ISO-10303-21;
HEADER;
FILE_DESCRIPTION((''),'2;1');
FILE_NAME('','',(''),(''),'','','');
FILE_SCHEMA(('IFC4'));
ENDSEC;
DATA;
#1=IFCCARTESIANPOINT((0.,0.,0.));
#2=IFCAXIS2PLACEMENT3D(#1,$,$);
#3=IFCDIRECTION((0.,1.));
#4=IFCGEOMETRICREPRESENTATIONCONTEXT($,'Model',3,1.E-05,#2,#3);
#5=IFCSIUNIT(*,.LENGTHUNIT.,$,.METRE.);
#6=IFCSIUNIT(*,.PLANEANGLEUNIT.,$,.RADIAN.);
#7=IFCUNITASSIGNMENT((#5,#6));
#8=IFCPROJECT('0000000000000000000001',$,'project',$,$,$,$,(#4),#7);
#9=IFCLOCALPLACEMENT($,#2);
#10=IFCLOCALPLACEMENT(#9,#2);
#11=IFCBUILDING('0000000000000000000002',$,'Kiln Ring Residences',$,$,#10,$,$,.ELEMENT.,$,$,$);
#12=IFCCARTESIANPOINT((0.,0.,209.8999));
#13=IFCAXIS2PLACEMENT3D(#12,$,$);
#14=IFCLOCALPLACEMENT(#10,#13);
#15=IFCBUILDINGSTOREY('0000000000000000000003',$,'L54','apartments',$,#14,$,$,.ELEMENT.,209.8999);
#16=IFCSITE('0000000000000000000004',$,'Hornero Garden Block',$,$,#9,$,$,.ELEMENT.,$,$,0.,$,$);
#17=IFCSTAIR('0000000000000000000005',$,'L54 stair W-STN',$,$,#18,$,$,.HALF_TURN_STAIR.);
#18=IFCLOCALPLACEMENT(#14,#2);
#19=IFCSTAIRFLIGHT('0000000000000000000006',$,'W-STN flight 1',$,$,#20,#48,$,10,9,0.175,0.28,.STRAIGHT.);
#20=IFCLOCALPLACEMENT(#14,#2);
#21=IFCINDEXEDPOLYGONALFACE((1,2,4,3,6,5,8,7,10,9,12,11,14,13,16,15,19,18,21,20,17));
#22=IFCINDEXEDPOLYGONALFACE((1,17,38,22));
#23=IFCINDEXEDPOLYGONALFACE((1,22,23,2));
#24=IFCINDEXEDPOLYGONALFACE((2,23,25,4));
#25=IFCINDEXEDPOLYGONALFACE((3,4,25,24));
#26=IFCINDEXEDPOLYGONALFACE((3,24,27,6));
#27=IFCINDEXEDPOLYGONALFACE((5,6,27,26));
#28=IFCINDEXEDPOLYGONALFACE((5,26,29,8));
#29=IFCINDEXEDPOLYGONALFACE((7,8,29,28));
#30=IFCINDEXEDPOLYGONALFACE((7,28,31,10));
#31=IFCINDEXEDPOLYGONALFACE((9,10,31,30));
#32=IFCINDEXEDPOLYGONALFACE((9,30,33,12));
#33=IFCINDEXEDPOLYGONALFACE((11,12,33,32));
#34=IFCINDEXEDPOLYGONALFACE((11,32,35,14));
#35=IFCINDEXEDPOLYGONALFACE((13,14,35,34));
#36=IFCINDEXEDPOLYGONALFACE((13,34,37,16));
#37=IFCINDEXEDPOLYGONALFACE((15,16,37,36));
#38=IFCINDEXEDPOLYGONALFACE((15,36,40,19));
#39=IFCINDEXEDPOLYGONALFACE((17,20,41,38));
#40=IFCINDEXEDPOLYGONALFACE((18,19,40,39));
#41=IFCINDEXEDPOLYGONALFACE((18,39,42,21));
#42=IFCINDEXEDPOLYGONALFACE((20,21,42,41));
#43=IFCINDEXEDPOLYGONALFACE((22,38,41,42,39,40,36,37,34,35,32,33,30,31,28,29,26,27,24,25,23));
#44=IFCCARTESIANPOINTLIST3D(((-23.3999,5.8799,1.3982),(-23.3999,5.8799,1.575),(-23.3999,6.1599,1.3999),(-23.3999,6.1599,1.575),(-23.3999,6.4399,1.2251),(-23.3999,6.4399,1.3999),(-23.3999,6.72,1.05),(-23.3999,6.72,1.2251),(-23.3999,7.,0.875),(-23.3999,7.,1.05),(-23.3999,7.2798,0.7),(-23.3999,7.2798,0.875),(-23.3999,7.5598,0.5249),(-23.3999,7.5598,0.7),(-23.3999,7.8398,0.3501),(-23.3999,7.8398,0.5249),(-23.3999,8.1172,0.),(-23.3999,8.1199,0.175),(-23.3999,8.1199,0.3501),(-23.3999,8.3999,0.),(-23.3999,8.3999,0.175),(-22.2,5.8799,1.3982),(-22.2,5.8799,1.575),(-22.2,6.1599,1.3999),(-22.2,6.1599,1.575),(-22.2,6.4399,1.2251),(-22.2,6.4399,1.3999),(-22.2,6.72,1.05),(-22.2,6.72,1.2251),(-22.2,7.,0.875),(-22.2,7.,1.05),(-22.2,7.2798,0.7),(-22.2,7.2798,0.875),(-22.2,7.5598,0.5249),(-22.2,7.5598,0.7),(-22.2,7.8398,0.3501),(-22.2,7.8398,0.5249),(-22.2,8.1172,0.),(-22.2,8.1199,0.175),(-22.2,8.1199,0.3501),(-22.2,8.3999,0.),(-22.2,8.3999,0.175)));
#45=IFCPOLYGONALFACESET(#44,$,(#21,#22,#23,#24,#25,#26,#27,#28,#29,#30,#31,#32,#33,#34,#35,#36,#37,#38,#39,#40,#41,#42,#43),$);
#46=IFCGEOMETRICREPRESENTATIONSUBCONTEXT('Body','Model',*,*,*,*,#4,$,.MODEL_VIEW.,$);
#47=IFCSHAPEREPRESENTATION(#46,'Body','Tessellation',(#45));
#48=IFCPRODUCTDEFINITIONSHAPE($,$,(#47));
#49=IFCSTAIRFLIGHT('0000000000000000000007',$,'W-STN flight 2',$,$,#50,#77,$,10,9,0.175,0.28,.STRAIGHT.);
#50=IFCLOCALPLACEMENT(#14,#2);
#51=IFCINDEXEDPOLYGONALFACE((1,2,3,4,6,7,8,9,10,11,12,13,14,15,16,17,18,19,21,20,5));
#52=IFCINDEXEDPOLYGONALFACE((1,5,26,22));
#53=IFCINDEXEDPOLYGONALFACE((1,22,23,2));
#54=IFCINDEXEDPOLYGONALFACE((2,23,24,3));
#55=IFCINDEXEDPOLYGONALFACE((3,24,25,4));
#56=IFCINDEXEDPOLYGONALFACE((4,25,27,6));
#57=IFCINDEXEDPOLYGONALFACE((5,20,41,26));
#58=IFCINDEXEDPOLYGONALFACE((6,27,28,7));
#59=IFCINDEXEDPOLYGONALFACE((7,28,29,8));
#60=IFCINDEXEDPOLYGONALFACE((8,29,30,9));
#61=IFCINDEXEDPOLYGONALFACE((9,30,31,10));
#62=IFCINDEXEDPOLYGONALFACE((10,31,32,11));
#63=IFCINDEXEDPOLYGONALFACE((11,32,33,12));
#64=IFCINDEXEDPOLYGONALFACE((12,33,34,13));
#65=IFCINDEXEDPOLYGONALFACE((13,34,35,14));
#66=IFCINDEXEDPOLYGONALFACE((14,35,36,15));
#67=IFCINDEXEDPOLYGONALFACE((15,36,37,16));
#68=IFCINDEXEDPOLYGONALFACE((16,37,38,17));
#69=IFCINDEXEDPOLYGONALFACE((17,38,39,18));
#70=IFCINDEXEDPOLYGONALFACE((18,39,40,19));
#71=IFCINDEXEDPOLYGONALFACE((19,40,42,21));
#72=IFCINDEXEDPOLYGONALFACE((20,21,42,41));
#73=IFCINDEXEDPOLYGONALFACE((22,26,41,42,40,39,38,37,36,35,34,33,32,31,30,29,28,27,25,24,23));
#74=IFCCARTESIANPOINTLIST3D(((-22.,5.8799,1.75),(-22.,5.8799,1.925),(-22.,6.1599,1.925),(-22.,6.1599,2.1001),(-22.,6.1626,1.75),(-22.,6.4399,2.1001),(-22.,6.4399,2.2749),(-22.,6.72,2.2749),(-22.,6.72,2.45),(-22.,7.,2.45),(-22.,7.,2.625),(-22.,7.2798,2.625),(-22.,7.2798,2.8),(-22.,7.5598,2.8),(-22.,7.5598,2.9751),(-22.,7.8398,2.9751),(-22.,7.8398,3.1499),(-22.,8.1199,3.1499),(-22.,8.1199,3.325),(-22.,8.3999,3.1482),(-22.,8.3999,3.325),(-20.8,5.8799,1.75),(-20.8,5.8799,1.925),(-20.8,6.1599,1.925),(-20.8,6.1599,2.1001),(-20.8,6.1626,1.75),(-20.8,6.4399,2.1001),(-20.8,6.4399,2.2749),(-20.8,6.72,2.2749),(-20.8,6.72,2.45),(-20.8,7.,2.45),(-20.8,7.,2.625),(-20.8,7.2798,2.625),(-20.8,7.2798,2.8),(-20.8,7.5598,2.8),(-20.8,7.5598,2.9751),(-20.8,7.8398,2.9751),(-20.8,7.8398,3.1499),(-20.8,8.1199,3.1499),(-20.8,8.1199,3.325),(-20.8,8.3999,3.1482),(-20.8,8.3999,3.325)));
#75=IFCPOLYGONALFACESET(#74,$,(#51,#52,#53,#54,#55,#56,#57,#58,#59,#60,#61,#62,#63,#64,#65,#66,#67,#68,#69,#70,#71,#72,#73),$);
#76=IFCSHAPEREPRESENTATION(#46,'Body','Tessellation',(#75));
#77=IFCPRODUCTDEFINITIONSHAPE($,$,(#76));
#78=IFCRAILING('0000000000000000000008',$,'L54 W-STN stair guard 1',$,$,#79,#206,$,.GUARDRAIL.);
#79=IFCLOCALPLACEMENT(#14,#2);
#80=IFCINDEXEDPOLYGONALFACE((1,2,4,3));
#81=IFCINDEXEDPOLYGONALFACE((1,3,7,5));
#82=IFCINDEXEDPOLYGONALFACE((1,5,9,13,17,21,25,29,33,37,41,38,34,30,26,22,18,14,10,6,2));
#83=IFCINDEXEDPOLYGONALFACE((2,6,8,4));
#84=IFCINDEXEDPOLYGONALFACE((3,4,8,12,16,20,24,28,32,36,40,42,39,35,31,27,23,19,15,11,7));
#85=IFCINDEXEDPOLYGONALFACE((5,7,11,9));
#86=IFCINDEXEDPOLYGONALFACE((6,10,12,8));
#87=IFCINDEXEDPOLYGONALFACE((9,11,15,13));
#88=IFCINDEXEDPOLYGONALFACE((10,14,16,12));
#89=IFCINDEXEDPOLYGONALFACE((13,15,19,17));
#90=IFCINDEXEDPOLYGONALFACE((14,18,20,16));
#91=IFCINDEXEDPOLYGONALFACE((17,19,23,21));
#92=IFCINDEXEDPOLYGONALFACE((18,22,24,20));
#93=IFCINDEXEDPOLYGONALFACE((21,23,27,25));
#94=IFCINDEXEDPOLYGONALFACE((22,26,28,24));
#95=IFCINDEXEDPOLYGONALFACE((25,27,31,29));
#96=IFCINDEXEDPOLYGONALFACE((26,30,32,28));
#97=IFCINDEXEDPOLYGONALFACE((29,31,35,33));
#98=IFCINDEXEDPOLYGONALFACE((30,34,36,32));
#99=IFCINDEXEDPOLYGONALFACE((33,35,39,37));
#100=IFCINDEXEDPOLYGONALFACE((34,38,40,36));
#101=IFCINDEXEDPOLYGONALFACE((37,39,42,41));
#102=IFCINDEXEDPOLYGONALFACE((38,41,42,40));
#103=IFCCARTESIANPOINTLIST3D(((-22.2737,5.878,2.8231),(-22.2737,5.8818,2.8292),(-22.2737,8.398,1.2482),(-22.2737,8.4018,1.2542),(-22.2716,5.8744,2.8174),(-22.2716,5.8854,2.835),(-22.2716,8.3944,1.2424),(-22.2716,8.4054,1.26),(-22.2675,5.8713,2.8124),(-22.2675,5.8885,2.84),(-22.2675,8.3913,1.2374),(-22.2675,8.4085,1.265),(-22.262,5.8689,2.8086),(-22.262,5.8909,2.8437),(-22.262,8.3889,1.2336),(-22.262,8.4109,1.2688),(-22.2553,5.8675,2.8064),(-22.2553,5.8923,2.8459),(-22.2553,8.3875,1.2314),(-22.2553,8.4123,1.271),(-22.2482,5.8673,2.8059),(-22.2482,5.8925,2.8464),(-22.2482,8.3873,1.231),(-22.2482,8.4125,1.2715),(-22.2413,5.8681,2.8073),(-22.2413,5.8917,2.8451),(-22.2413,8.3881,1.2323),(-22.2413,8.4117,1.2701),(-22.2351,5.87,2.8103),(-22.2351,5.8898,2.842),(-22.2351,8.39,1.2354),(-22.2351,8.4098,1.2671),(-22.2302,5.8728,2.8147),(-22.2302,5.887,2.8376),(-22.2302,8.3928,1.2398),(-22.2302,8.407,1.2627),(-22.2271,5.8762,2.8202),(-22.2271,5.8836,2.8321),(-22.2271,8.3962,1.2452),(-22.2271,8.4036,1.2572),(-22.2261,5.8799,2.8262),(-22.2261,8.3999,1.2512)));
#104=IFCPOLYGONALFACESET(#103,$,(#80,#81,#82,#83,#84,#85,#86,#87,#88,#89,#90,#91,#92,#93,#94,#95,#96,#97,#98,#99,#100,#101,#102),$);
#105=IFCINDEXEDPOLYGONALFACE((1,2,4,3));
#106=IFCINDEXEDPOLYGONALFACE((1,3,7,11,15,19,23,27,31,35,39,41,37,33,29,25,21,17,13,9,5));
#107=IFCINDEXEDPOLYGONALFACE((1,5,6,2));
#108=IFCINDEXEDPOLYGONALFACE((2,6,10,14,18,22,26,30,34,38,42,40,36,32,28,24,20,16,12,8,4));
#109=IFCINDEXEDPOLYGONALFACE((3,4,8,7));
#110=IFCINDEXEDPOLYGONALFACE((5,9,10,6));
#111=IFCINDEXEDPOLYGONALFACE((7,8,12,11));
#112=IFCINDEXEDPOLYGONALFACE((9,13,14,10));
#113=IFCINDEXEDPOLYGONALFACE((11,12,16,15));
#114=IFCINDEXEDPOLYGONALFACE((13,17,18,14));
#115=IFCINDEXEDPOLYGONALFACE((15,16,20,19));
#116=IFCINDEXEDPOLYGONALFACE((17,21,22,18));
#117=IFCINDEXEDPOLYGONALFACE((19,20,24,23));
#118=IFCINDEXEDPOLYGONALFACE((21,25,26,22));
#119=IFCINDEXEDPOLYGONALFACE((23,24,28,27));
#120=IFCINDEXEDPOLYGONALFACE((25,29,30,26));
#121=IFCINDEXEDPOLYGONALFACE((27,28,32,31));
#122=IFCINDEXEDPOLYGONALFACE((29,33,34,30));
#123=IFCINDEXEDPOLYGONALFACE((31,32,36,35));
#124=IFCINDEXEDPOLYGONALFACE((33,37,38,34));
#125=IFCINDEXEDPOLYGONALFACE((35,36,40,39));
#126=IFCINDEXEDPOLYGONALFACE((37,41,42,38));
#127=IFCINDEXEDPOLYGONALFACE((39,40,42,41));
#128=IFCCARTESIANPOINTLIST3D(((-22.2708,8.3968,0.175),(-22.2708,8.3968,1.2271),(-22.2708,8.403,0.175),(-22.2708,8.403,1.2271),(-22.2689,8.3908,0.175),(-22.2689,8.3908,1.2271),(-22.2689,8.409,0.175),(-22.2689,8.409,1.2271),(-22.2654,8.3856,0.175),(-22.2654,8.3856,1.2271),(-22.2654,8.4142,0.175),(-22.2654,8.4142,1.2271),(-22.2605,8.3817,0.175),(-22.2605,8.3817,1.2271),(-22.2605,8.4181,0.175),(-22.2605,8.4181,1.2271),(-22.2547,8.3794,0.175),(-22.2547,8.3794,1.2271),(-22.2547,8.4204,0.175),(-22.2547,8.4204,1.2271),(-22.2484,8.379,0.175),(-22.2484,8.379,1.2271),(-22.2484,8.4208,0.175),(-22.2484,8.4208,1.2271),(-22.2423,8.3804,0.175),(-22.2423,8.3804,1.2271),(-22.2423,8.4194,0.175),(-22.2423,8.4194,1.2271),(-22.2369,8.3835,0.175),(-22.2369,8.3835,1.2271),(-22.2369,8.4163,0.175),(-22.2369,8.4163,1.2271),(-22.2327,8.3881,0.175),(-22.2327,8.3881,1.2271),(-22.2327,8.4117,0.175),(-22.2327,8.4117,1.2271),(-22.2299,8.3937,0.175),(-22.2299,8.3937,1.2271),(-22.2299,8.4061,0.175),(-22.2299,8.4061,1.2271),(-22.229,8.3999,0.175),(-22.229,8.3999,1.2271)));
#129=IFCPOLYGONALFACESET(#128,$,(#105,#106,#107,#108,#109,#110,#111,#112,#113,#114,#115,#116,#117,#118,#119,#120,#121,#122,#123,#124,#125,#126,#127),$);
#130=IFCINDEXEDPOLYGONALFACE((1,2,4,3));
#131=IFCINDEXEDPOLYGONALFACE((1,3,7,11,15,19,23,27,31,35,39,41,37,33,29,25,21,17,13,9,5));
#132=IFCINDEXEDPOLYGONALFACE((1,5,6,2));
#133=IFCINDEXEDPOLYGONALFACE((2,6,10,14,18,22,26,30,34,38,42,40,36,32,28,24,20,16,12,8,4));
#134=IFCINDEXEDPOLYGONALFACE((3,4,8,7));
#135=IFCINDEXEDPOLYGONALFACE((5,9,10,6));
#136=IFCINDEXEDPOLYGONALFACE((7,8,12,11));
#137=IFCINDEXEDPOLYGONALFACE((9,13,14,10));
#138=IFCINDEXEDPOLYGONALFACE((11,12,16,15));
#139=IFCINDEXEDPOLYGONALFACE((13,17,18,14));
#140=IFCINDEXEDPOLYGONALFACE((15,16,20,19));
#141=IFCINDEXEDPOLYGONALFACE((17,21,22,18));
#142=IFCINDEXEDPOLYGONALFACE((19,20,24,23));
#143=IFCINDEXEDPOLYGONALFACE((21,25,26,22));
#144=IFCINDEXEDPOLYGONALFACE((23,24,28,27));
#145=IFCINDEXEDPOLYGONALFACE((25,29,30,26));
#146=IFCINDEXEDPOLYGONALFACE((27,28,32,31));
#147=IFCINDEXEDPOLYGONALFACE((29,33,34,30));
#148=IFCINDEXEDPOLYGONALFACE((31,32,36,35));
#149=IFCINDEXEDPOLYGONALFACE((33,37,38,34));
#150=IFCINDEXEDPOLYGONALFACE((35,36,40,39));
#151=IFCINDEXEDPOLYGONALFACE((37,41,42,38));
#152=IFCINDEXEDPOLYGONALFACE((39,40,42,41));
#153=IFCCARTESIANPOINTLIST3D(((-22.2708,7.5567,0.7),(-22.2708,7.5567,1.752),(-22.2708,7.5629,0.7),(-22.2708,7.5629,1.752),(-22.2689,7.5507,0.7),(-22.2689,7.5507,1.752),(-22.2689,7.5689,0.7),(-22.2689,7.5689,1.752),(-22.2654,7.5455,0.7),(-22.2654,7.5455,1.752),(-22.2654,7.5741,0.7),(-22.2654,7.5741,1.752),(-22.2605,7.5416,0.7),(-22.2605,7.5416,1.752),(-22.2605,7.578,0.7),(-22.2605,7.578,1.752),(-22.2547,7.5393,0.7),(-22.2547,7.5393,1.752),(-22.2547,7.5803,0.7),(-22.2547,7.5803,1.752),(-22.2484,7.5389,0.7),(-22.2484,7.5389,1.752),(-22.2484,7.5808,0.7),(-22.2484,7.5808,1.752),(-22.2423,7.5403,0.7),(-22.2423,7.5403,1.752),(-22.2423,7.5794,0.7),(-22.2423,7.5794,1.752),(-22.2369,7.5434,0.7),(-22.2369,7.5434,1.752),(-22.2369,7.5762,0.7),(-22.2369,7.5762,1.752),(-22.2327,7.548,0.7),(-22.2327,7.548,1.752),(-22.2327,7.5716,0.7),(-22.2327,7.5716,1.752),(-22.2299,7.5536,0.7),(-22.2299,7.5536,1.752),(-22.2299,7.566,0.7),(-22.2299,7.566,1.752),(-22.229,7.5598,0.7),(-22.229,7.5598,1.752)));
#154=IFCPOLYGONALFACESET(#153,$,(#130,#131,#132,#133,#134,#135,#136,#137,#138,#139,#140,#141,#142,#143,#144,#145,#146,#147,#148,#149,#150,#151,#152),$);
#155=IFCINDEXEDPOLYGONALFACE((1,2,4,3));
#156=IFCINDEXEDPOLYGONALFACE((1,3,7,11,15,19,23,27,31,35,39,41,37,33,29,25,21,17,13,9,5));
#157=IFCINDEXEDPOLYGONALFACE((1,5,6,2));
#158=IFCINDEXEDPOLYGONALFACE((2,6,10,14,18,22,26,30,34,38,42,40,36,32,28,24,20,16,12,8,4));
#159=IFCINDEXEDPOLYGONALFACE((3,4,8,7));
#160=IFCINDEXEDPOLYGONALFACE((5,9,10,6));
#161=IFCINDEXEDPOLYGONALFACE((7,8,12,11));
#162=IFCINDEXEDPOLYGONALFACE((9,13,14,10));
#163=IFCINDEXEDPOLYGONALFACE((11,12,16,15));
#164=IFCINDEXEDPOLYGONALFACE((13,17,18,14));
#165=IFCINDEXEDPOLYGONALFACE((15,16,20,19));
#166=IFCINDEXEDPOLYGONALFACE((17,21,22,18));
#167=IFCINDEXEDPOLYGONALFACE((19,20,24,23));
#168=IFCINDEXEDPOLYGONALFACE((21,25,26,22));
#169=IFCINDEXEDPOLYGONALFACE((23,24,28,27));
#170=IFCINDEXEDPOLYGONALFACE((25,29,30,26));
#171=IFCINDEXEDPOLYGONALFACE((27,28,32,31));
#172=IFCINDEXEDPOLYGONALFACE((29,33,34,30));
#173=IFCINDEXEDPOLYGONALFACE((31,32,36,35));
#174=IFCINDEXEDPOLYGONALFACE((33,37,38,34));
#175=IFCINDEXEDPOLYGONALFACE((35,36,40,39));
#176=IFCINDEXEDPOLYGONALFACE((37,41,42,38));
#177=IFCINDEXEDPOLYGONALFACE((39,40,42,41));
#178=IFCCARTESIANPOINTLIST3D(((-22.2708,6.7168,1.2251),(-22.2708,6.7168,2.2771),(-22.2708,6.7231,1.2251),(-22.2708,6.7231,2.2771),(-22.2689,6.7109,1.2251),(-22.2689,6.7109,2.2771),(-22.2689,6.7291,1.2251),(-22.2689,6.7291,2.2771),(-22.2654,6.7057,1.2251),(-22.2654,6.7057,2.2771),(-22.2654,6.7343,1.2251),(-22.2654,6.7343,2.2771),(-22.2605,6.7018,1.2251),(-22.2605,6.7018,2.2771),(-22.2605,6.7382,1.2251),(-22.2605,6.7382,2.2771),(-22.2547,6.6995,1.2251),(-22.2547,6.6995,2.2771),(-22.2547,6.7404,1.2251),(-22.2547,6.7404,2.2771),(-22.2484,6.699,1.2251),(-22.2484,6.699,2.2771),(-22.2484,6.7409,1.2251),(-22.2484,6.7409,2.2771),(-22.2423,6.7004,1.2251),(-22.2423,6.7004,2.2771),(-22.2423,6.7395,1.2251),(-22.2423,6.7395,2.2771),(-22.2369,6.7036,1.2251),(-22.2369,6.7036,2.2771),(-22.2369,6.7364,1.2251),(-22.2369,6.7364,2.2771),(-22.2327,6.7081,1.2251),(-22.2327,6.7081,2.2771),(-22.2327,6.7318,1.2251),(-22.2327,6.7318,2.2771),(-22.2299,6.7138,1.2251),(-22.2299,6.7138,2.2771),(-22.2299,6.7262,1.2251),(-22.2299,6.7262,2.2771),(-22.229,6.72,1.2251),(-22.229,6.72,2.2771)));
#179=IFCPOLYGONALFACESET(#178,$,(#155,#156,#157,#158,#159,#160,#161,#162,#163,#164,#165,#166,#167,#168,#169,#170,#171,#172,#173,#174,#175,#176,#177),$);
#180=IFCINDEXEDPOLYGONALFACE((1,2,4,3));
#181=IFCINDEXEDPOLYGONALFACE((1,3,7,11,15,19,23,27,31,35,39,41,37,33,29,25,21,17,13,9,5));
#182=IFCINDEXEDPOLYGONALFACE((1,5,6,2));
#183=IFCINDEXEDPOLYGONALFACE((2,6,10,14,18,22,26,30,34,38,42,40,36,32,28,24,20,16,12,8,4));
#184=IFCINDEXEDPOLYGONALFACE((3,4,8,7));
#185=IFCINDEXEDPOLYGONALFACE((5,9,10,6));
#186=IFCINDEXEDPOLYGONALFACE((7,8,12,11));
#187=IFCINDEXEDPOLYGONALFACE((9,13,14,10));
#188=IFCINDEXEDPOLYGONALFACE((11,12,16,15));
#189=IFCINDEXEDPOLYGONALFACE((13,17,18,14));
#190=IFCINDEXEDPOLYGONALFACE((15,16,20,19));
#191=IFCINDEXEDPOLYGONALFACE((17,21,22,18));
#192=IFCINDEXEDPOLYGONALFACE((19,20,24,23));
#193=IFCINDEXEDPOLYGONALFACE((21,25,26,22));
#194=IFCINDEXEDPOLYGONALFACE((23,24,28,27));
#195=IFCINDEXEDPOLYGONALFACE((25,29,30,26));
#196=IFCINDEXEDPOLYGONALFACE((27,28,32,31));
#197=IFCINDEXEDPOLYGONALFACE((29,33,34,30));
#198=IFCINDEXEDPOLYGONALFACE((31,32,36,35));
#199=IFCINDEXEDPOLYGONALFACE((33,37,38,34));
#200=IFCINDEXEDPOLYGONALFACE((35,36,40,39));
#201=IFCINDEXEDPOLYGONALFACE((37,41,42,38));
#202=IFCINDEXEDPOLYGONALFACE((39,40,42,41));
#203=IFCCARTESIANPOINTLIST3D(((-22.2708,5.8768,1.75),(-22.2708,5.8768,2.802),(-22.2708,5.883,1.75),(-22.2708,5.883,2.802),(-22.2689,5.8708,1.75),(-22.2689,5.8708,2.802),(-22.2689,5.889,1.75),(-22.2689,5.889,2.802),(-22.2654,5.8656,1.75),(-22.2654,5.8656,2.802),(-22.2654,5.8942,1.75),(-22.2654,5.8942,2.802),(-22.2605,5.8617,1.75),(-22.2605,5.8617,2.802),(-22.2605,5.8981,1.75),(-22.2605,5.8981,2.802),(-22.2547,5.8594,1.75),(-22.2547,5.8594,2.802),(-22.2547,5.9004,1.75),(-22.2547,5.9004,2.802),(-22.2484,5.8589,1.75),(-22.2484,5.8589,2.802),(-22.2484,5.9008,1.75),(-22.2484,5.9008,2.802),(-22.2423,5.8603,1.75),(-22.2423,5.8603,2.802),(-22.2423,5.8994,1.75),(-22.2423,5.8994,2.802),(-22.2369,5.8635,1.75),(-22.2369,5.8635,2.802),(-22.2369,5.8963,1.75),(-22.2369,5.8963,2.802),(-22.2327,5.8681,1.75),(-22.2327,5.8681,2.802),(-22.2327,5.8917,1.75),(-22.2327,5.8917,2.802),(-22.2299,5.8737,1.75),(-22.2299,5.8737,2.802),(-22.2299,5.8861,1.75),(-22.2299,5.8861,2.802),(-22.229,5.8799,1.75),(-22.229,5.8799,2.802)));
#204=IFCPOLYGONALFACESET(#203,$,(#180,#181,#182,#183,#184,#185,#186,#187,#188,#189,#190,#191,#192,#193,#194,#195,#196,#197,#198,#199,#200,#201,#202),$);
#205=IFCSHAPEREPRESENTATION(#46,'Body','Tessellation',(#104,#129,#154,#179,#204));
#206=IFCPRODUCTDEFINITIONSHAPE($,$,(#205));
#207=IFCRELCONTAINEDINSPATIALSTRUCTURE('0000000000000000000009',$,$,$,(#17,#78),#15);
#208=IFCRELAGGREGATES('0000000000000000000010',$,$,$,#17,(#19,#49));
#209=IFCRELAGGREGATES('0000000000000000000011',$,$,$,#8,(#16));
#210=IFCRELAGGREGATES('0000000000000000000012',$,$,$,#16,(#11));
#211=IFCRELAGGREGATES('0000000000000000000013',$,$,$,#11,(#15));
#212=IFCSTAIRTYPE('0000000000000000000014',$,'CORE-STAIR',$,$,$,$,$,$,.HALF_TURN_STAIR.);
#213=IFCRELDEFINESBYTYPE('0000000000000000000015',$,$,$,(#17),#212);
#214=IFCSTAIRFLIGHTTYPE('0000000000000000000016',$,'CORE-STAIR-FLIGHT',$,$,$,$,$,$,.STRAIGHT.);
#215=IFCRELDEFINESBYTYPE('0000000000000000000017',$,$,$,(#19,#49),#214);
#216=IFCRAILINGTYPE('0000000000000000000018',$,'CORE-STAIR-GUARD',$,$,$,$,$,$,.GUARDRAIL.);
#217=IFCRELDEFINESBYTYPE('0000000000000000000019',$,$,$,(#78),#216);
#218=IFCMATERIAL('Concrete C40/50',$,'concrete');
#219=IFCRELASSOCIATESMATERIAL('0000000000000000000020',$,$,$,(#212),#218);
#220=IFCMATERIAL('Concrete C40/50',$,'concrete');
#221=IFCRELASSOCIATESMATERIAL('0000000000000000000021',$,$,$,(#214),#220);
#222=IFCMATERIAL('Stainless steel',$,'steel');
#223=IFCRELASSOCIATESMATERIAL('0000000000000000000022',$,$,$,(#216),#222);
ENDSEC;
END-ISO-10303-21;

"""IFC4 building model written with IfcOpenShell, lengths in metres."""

from ifc_helpers import new_model, si_unit, direction, frame, origin, origin_2d, place, context, subcontext, project, spatial, polyline, circle, outline, extrude, material, type_object, element, aggregate, save


model = new_model("IFC4")

# Units and contexts
model_context = context("Model", 3, precision=1e-05, world=origin(), true_north=direction((0.0, 1.0)))
body_context = subcontext(model_context, "Body", "Model", "MODEL_VIEW")
ifc_project = project(units=[si_unit("LENGTHUNIT", "METRE"), si_unit("PLANEANGLEUNIT", "RADIAN")], contexts=[model_context])

# Site, building, storey
site_placement = place(None, origin())
site = spatial("IfcSite", under=ifc_project, at=site_placement, Name="Hornero Garden Block", CompositionType="ELEMENT", RefElevation=0.0)
building_placement = place(site_placement, origin())
building = spatial("IfcBuilding", under=site, at=building_placement, Name="Kiln Ring Residences", CompositionType="ELEMENT")
storey_placement = place(building_placement, frame((0.0, 0.0, 209.8999)))
storey = spatial("IfcBuildingStorey", under=building, at=storey_placement, Name="L54", Description="apartments", CompositionType="ELEMENT", Elevation=209.8999)

# Stair, stair flights
ifc_material_1 = material(Name="Concrete C40/50", Category="concrete")
stair_type = type_object("IfcStairType", Name="CORE-STAIR", PredefinedType="HALF_TURN_STAIR", material=ifc_material_1)
stair_placement = place(storey_placement, origin())
stair = element("IfcStair", 1, at=stair_placement, inside=storey, type_object=stair_type, Name="L54 stair W-STN", PredefinedType="HALF_TURN_STAIR")
ifc_material_2 = material(Name="Concrete C40/50", Category="concrete")
stair_flight_type = type_object("IfcStairFlightType", Name="CORE-STAIR-FLIGHT", PredefinedType="STRAIGHT", material=ifc_material_2)
stair_flight_1_placement = place(storey_placement, frame((-22.8, 8.3999, 0.0), z_axis=(0.0, 0.0, 1.0), x_axis=(0.0, -1.0, 0.0)))
stair_flight_1 = element("IfcStairFlight", 2, at=stair_flight_1_placement, type_object=stair_flight_type, Name="W-STN flight 1", NumberOfRisers=10, NumberOfTreads=9, PredefinedType="STRAIGHT", RiserHeight=0.175, TreadLength=0.28, context=body_context, shape_type="SweptSolid", body=[
    extrude(outline(polyline([(0.0, 0.0), (0.0, 0.175), (0.28, 0.175), (0.28, 0.3501), (0.5601, 0.3501), (0.5601, 0.5249), (0.8401, 0.5249), (0.8401, 0.7), (1.1201, 0.7), (1.1201, 0.875), (1.3999, 0.875), (1.3999, 1.05), (1.6799, 1.05), (1.6799, 1.2251), (1.96, 1.2251), (1.96, 1.3999), (2.24, 1.3999), (2.24, 1.575), (2.52, 1.575), (2.52, 1.75), (2.52, 1.3982), (0.2827, 0.0), (0.0, 0.0)])), frame((0.0, 0.6001, 0.0), z_axis=(0.0, -1.0, 0.0), x_axis=(1.0, 0.0, 0.0)), (0.0, 0.0, 1.0), 1.2),
])
stair_flight_2_placement = place(storey_placement, frame((-21.3999, 5.8799, 1.75), z_axis=(0.0, 0.0, 1.0), x_axis=(0.0, 1.0, 0.0)))
stair_flight_2 = element("IfcStairFlight", 3, at=stair_flight_2_placement, type_object=stair_flight_type, Name="W-STN flight 2", NumberOfRisers=10, NumberOfTreads=9, PredefinedType="STRAIGHT", RiserHeight=0.175, TreadLength=0.28, context=body_context, shape_type="SweptSolid", body=[
    extrude(outline(polyline([(0.0, 0.0), (0.0, 0.175), (0.28, 0.175), (0.28, 0.3501), (0.5601, 0.3501), (0.5601, 0.5249), (0.8401, 0.5249), (0.8401, 0.7), (1.1201, 0.7), (1.1201, 0.875), (1.3999, 0.875), (1.3999, 1.05), (1.6799, 1.05), (1.6799, 1.2251), (1.96, 1.2251), (1.96, 1.3999), (2.24, 1.3999), (2.24, 1.575), (2.52, 1.575), (2.52, 1.75), (2.52, 1.3982), (0.2827, 0.0), (0.0, 0.0)])), frame((0.0, 0.6001, 0.0), z_axis=(0.0, -1.0, 0.0), x_axis=(1.0, 0.0, 0.0)), (0.0, 0.0, 1.0), 1.2),
])
aggregate(stair, [stair_flight_1, stair_flight_2])

# Railing
ifc_material_3 = material(Name="Stainless steel", Category="steel")
railing_type_1 = type_object("IfcRailingType", Name="CORE-STAIR-GUARD", PredefinedType="GUARDRAIL", material=ifc_material_3)
railing_1_placement = place(storey_placement, frame((-22.25, 8.3999, 0.175)))
element("IfcRailing", 4, at=railing_1_placement, inside=storey, type_object=railing_type_1, Name="L54 W-STN stair guard 1", PredefinedType="GUARDRAIL", context=body_context, shape_type="SweptSolid", body=[
    extrude(circle(Radius=0.0239, at=origin_2d()), frame((0.0, 0.0, 1.0762), z_axis=(0.0, -0.848008, 0.529984), x_axis=(1.0, 0.0, 0.0)), (0.0, 0.0, 1.0), 2.9717),
    extrude(circle(Radius=0.021, at=origin_2d()), origin(), (0.0, 0.0, 1.0), 1.052),
    extrude(circle(Radius=0.021, at=origin_2d()), frame((0.0, -0.8401, 0.5249)), (0.0, 0.0, 1.0), 1.052),
    extrude(circle(Radius=0.021, at=origin_2d()), frame((0.0, -1.6799, 1.05)), (0.0, 0.0, 1.0), 1.052),
    extrude(circle(Radius=0.021, at=origin_2d()), frame((0.0, -2.52, 1.575)), (0.0, 0.0, 1.0), 1.052),
])

save(model, "model.ifc")
